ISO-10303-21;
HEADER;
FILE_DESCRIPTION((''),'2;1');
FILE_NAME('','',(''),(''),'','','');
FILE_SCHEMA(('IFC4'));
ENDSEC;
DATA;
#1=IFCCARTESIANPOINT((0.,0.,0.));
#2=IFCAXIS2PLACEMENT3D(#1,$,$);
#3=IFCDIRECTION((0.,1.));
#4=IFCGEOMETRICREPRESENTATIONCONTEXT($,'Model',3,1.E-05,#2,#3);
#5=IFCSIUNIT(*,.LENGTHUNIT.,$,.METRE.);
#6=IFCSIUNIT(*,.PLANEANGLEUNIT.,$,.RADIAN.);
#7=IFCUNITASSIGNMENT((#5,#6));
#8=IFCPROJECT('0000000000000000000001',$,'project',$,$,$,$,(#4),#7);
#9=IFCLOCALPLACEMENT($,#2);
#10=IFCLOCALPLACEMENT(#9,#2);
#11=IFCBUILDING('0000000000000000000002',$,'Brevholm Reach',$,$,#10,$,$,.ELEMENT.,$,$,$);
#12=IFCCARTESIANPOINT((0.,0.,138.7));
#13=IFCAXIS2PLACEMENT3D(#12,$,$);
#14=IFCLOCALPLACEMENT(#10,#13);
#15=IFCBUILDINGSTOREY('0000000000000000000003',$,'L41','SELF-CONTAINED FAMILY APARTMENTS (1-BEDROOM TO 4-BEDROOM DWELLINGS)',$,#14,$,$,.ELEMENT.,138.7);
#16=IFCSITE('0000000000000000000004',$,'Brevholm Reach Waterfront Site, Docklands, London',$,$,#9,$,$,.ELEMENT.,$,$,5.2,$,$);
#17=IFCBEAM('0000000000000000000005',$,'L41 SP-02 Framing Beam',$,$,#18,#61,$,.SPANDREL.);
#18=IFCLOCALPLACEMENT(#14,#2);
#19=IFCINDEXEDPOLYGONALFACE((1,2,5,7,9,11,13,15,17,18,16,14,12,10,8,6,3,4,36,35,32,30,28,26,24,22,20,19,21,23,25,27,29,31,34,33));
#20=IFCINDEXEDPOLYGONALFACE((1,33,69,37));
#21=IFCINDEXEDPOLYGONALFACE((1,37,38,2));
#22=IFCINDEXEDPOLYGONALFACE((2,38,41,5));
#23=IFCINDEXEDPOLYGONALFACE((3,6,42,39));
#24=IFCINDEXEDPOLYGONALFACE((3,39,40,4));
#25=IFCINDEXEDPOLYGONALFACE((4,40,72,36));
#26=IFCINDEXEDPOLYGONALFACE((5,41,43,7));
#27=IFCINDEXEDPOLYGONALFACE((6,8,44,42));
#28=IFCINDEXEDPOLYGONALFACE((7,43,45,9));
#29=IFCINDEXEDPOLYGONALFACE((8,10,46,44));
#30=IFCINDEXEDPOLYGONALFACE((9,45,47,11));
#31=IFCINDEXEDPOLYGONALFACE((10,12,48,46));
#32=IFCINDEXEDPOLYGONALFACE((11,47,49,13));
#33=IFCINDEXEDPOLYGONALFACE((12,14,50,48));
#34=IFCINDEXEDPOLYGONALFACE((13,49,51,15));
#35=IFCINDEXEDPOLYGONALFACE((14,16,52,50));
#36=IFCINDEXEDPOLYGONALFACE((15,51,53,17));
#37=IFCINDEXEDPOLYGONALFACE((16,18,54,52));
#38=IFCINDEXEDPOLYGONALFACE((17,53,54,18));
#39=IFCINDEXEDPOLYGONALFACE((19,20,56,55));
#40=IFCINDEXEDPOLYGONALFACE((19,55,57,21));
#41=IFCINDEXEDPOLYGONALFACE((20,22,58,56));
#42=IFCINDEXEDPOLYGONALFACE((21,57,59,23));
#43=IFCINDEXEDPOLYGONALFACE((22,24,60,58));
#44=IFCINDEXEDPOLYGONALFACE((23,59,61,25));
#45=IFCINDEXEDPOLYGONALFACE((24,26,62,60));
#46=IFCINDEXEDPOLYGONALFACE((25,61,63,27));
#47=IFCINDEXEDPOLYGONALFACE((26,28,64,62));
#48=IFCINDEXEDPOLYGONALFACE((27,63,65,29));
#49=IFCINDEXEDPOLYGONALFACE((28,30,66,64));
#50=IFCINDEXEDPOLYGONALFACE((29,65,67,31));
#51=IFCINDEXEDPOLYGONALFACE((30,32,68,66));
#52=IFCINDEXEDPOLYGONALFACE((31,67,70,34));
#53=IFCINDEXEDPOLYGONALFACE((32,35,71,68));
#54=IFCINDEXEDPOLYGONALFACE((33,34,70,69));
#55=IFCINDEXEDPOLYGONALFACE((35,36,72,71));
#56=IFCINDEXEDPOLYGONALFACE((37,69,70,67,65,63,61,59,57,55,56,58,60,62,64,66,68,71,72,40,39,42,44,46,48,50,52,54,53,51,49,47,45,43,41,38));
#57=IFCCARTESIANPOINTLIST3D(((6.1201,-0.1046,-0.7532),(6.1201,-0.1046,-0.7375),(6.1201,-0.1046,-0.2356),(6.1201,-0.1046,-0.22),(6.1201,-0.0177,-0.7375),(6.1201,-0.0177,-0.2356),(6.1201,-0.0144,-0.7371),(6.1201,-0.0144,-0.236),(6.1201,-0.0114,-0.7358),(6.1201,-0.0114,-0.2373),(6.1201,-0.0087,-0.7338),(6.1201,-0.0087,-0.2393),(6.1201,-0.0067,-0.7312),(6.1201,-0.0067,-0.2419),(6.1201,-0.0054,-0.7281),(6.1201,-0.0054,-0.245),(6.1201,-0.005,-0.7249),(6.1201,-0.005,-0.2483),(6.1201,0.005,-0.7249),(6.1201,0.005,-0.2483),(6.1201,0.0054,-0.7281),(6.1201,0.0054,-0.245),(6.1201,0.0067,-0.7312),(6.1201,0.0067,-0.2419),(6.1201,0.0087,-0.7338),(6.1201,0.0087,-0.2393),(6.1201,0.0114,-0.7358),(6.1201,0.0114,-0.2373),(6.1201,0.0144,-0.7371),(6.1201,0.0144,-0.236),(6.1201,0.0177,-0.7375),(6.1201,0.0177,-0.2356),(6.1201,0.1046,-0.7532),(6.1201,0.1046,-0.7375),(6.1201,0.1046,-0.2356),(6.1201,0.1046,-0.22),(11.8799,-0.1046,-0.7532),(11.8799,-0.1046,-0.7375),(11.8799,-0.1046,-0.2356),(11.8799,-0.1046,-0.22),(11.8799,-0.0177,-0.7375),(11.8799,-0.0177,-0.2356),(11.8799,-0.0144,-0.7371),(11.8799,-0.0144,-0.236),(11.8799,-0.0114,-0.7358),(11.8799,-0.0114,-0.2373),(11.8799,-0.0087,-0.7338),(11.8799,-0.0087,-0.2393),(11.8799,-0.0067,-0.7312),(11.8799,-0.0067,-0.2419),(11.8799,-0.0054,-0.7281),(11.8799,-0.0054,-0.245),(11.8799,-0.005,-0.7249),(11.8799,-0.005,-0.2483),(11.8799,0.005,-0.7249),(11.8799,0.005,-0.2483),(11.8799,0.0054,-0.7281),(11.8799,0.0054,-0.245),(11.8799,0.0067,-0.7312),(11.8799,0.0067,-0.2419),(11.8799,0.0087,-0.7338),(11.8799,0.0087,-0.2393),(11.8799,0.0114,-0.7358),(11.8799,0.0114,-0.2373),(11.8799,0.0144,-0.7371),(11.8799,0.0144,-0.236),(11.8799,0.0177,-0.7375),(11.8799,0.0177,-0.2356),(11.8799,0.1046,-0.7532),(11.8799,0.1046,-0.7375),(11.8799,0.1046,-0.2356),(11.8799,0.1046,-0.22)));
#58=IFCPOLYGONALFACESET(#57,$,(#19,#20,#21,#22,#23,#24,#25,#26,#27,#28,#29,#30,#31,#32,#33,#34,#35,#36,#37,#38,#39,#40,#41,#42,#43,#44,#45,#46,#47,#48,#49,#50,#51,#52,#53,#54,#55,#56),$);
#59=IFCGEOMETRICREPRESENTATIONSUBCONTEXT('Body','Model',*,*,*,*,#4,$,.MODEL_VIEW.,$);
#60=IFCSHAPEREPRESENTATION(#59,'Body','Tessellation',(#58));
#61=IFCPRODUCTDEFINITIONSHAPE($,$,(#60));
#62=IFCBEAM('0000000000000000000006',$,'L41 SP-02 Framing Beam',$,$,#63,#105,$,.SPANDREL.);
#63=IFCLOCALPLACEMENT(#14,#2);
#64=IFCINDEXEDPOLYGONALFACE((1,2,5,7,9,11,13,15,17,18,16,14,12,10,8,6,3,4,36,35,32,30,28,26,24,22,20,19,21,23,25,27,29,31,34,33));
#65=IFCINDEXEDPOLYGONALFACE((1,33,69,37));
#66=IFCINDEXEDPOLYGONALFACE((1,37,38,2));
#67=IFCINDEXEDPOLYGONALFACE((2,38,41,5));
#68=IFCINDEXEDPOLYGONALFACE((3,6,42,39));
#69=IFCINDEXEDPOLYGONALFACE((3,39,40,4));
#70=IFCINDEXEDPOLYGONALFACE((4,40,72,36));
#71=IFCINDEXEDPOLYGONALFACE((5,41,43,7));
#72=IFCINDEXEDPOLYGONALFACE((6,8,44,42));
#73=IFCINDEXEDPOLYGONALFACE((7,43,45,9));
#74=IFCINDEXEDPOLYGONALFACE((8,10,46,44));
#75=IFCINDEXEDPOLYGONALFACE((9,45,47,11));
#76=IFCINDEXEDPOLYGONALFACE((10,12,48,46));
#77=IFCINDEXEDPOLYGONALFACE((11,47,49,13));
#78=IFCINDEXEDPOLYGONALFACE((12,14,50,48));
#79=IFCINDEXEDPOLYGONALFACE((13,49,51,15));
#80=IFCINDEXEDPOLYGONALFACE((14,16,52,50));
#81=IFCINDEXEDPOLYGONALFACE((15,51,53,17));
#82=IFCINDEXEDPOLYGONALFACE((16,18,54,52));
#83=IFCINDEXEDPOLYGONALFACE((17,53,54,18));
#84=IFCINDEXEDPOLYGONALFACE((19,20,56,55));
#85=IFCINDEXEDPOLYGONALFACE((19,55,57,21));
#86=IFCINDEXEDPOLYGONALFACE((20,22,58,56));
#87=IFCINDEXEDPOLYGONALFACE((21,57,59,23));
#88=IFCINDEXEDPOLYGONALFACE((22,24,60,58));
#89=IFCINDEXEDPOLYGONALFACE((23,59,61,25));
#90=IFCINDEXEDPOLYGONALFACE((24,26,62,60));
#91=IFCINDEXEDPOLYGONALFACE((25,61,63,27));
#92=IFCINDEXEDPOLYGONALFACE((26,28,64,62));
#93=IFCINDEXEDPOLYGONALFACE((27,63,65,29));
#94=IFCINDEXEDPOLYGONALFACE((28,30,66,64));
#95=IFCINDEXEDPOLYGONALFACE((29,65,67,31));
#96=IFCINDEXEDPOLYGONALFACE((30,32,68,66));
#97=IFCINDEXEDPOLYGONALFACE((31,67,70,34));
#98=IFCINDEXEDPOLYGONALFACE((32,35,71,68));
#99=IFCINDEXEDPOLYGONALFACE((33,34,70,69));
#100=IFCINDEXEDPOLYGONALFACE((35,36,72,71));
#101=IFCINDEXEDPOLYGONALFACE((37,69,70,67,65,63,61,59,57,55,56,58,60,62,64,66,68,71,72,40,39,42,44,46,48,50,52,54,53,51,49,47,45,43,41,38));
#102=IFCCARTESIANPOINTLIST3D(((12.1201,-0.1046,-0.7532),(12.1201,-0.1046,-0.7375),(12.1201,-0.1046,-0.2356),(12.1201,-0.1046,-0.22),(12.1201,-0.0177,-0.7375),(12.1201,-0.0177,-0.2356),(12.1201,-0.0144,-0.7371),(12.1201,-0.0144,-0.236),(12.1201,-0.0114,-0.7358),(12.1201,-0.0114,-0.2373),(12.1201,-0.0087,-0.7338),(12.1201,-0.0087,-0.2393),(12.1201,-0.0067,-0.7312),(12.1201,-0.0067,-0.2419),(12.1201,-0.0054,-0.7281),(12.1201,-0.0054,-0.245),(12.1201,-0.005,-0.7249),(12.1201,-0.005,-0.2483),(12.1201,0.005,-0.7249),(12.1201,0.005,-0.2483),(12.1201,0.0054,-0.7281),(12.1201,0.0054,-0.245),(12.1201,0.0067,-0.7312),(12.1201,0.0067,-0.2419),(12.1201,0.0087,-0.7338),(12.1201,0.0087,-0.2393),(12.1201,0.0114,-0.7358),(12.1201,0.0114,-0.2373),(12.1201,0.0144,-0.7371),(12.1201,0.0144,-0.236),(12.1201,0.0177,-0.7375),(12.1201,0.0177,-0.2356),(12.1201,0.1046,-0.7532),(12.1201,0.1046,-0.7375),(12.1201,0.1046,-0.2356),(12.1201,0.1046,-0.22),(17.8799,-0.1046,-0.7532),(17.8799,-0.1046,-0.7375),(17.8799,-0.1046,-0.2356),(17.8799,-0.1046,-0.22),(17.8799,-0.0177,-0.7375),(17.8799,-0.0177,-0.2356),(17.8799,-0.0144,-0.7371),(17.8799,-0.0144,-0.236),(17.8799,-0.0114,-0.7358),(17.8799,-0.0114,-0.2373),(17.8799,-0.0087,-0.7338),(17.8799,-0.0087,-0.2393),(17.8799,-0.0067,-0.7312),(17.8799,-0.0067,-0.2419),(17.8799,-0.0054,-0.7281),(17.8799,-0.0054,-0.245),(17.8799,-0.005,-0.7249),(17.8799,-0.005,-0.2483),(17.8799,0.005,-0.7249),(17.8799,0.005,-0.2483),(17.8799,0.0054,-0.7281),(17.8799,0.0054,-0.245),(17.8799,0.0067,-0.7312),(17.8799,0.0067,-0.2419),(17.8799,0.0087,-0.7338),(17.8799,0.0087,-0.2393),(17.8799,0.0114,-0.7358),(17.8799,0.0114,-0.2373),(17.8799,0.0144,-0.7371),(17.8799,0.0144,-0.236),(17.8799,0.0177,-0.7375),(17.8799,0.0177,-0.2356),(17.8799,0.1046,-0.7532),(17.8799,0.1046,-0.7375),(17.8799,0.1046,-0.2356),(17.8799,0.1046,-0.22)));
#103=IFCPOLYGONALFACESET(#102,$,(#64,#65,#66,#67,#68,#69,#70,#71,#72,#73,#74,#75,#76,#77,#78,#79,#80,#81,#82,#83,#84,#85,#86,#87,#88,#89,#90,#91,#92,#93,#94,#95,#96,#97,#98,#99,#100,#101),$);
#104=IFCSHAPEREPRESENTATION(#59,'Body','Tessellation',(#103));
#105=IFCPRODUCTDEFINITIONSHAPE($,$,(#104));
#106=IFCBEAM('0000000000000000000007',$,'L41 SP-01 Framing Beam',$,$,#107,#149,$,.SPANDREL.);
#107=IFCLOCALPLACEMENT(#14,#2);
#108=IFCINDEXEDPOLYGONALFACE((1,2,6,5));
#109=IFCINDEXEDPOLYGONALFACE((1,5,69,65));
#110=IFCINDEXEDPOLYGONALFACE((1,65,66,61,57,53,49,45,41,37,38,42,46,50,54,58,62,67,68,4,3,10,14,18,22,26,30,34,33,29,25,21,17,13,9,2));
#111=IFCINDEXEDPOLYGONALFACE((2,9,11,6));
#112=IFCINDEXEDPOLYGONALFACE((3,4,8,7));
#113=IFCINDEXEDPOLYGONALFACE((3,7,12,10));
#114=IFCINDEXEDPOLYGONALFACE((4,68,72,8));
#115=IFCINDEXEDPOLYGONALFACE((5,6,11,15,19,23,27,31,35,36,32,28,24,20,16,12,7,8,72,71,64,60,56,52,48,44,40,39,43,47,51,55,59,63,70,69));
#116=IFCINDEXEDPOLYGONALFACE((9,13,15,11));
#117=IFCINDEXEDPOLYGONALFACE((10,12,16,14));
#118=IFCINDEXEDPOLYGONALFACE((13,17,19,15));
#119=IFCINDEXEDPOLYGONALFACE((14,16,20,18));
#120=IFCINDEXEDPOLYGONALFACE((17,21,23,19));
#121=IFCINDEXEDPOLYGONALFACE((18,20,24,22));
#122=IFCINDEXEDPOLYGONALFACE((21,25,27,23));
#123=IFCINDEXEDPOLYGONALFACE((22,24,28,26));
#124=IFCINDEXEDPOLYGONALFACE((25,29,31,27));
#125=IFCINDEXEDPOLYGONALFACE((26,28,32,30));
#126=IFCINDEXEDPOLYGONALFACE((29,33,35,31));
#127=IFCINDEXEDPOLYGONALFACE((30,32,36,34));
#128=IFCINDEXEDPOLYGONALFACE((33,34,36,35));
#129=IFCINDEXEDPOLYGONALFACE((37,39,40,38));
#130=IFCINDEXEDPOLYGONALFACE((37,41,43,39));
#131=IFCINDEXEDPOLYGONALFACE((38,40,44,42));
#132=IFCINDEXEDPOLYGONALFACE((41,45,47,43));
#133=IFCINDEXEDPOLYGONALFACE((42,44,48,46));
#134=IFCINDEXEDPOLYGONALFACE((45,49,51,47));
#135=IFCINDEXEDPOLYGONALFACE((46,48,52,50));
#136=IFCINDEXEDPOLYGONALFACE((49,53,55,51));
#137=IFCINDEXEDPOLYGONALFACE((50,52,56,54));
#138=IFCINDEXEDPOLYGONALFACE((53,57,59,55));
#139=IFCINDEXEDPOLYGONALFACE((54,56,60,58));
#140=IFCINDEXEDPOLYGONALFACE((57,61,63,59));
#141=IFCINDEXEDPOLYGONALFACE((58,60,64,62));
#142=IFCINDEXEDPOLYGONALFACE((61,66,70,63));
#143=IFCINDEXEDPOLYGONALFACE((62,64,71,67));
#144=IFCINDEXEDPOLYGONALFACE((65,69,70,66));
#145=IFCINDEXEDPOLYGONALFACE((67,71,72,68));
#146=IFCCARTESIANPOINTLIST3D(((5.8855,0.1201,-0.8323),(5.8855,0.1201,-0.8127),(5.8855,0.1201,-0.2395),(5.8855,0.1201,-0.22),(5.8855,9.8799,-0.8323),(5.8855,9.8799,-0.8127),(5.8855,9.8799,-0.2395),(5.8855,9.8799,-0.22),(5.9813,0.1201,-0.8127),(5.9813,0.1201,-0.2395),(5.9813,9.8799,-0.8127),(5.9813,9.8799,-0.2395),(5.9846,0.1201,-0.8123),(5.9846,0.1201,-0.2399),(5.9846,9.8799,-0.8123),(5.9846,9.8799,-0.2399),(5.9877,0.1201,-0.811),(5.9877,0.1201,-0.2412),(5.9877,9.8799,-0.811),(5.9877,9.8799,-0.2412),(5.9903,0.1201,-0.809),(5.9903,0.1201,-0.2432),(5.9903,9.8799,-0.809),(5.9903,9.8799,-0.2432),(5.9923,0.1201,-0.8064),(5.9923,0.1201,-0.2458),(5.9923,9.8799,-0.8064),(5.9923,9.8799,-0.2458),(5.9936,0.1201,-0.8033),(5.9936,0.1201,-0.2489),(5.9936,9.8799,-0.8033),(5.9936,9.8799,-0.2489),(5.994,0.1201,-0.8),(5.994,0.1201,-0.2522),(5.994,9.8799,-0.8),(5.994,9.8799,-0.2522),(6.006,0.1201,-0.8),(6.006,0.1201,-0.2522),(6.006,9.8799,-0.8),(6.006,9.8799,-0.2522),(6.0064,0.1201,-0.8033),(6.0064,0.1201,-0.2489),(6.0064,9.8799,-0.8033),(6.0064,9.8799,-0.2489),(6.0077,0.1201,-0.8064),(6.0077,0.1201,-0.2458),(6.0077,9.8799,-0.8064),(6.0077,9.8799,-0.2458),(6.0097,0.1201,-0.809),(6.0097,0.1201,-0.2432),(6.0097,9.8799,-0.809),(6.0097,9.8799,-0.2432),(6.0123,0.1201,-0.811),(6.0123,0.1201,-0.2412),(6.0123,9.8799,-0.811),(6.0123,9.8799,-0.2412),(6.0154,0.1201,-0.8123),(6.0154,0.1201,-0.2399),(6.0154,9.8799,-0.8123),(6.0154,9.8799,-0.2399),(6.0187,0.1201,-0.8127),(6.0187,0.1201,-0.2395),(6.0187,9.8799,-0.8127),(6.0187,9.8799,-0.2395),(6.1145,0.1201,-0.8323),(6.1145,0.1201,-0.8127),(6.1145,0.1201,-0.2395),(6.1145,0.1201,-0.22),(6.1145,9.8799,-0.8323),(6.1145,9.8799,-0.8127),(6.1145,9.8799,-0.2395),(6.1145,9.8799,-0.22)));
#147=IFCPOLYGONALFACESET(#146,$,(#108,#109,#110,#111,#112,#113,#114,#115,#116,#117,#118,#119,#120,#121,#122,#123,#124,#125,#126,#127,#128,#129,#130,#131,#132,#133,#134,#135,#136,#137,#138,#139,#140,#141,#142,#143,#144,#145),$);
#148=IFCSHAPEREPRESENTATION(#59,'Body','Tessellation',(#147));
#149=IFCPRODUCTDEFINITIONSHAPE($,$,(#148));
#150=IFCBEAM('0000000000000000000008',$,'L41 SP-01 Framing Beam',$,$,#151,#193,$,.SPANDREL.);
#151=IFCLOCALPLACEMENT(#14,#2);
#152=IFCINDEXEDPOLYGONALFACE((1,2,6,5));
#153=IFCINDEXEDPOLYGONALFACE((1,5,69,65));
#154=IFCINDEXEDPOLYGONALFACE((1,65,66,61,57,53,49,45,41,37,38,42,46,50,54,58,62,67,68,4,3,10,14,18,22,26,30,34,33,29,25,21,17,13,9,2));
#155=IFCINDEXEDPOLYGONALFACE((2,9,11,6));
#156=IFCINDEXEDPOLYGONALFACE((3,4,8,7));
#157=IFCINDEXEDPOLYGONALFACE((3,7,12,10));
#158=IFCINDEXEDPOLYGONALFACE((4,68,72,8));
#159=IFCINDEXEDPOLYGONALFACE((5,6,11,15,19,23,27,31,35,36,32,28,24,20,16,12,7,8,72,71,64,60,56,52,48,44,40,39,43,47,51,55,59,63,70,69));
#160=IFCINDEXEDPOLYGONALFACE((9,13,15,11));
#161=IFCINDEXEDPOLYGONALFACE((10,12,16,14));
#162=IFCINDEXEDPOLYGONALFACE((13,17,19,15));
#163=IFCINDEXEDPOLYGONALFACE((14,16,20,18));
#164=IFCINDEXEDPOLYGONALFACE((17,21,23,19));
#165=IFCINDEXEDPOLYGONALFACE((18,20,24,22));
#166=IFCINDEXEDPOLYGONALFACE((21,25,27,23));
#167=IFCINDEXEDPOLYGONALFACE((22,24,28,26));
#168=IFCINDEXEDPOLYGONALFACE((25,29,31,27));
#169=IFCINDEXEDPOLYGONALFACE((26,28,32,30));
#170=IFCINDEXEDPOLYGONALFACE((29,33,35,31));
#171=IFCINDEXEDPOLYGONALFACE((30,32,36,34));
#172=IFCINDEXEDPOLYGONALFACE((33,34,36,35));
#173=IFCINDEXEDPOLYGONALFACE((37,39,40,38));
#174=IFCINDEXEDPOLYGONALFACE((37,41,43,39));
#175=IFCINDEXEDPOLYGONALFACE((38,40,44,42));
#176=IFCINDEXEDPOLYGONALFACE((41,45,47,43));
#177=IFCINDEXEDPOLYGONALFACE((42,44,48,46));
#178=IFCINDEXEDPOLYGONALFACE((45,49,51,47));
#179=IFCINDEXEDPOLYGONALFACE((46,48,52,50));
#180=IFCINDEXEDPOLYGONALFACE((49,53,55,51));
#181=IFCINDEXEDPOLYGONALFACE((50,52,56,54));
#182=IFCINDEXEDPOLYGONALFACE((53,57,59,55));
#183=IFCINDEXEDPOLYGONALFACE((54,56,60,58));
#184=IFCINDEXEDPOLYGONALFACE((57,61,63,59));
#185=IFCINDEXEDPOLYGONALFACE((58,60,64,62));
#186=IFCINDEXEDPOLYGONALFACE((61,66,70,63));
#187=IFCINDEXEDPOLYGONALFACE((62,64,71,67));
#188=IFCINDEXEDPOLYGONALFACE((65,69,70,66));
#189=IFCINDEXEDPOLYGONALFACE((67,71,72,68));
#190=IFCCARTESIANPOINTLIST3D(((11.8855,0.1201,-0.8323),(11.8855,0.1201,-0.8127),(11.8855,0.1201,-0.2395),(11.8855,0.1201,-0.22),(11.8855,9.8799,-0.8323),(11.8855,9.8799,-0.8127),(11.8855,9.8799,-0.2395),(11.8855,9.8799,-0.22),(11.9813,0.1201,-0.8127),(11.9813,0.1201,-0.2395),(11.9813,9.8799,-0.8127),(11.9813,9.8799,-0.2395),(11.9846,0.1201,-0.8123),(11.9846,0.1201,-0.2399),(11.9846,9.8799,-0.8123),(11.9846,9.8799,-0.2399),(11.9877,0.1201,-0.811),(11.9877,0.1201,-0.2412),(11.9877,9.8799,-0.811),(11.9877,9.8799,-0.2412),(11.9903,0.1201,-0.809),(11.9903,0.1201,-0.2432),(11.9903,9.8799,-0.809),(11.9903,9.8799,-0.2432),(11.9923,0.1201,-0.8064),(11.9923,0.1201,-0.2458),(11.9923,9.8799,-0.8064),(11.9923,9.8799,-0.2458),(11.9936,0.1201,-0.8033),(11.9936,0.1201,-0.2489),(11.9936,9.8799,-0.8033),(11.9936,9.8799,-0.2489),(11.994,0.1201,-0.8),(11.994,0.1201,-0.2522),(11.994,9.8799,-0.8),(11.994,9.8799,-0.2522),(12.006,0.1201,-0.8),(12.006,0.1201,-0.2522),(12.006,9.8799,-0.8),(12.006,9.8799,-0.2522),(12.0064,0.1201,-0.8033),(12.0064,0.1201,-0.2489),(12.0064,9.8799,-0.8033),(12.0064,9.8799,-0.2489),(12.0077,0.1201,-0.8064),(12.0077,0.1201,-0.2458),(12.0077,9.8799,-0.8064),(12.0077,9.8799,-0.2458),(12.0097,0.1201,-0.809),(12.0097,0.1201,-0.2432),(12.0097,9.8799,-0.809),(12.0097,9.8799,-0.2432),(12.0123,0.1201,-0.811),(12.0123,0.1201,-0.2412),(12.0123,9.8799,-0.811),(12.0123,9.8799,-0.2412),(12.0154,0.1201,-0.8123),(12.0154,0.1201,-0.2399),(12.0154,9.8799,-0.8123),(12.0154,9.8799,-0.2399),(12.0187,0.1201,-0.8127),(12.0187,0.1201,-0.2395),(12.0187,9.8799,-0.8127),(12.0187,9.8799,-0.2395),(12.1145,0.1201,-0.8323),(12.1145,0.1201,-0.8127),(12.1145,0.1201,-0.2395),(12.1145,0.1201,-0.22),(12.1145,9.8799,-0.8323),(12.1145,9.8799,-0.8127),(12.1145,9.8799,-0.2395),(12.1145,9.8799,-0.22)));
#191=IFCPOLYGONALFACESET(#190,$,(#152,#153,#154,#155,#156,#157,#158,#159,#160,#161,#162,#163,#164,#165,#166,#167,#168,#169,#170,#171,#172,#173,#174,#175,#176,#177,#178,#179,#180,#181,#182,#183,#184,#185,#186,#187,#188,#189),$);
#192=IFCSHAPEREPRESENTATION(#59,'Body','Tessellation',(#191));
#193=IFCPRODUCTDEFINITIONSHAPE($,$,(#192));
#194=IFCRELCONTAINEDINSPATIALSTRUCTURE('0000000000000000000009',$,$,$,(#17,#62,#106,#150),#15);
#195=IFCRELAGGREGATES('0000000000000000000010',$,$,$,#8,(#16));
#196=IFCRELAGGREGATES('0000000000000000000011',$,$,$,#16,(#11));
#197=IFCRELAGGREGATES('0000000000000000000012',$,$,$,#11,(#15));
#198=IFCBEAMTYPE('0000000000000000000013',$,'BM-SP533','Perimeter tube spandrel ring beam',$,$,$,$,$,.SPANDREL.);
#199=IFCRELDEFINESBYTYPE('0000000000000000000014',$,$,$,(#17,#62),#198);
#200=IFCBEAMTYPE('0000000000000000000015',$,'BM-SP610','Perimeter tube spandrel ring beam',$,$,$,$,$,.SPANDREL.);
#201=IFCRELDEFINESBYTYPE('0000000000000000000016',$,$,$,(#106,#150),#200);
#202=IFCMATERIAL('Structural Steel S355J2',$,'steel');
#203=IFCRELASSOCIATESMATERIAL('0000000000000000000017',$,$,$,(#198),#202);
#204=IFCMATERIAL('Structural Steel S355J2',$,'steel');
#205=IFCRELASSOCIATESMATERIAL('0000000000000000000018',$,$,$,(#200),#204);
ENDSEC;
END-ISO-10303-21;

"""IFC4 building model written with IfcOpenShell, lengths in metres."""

from ifc_helpers import new_model, si_unit, direction, frame, origin, origin_2d, place, context, subcontext, project, spatial, i_section, extrude, material, material_profile, profile_set, type_object, element, save


model = new_model("IFC4")

# Units and contexts
model_context = context("Model", 3, precision=1e-05, world=origin(), true_north=direction((0.0, 1.0)))
body_context = subcontext(model_context, "Body", "Model", "MODEL_VIEW")
ifc_project = project(units=[si_unit("LENGTHUNIT", "METRE"), si_unit("PLANEANGLEUNIT", "RADIAN")], contexts=[model_context])

# Site, building, storey
site_placement = place(None, origin())
site = spatial("IfcSite", under=ifc_project, at=site_placement, Name="Brevholm Reach Waterfront Site, Docklands, London", CompositionType="ELEMENT", RefElevation=5.2)
building_placement = place(site_placement, origin())
building = spatial("IfcBuilding", under=site, at=building_placement, Name="Brevholm Reach", CompositionType="ELEMENT")
storey_placement = place(building_placement, frame((0.0, 0.0, 138.7)))
storey = spatial("IfcBuildingStorey", under=building, at=storey_placement, Name="L41", Description="SELF-CONTAINED FAMILY APARTMENTS (1-BEDROOM TO 4-BEDROOM DWELLINGS)", CompositionType="ELEMENT", Elevation=138.7)

# Beams
ifc_material_1 = material(Name="Structural Steel S355J2", Category="steel")
ifc_material_profile_1 = material_profile(ifc_material_1, i_section(OverallWidth=0.2092, OverallDepth=0.5332, WebThickness=0.01, FlangeThickness=0.0156, FilletRadius=0.0127, at=origin_2d()), Name="UKB 533x210x92")
ifc_profile_set_1 = profile_set([ifc_material_profile_1], Name="Structural Steel S355J2")
beam_type_1 = type_object("IfcBeamType", Name="BM-SP533", Description="Perimeter tube spandrel ring beam", PredefinedType="SPANDREL", material=ifc_profile_set_1)
for number, where, z_axis, x_axis, name in (
    (1, (6.1201, 0.0, -0.4866), (1.0, 0.0, 0.0), (0.0, 1.0, 0.0), "L41 SP-02 Framing Beam"),
    (2, (12.1201, 0.0, -0.4866), (1.0, 0.0, 0.0), (0.0, 1.0, 0.0), "L41 SP-02 Framing Beam"),
):
    element("IfcBeam", number, at=place(storey_placement, frame(where, z_axis=z_axis, x_axis=x_axis)), inside=storey, type_object=beam_type_1, Name=name, PredefinedType="SPANDREL", context=body_context, shape_type="SweptSolid", body=[
        extrude(i_section(OverallWidth=0.2092, OverallDepth=0.5332, WebThickness=0.01, FlangeThickness=0.0156, FilletRadius=0.0127, at=origin_2d()), origin(), (0.0, 0.0, 1.0), 5.7598),
    ])
ifc_material_2 = material(Name="Structural Steel S355J2", Category="steel")
ifc_material_profile_2 = material_profile(ifc_material_2, i_section(OverallWidth=0.229, OverallDepth=0.6123, WebThickness=0.012, FlangeThickness=0.0195, FilletRadius=0.0127, at=origin_2d()), Name="UKB 610x229x125")
ifc_profile_set_2 = profile_set([ifc_material_profile_2], Name="Structural Steel S355J2")
beam_type_2 = type_object("IfcBeamType", Name="BM-SP610", Description="Perimeter tube spandrel ring beam", PredefinedType="SPANDREL", material=ifc_profile_set_2)
for number, where, z_axis, x_axis, name in (
    (3, (6.0, 0.1201, -0.5261), (0.0, 1.0, 0.0), (-1.0, 0.0, 0.0), "L41 SP-01 Framing Beam"),
    (4, (12.0, 0.1201, -0.5261), (0.0, 1.0, 0.0), (-1.0, 0.0, 0.0), "L41 SP-01 Framing Beam"),
):
    element("IfcBeam", number, at=place(storey_placement, frame(where, z_axis=z_axis, x_axis=x_axis)), inside=storey, type_object=beam_type_2, Name=name, PredefinedType="SPANDREL", context=body_context, shape_type="SweptSolid", body=[
        extrude(i_section(OverallWidth=0.229, OverallDepth=0.6123, WebThickness=0.012, FlangeThickness=0.0195, FilletRadius=0.0127, at=origin_2d()), origin(), (0.0, 0.0, 1.0), 9.7598),
    ])

save(model, "model.ifc")
